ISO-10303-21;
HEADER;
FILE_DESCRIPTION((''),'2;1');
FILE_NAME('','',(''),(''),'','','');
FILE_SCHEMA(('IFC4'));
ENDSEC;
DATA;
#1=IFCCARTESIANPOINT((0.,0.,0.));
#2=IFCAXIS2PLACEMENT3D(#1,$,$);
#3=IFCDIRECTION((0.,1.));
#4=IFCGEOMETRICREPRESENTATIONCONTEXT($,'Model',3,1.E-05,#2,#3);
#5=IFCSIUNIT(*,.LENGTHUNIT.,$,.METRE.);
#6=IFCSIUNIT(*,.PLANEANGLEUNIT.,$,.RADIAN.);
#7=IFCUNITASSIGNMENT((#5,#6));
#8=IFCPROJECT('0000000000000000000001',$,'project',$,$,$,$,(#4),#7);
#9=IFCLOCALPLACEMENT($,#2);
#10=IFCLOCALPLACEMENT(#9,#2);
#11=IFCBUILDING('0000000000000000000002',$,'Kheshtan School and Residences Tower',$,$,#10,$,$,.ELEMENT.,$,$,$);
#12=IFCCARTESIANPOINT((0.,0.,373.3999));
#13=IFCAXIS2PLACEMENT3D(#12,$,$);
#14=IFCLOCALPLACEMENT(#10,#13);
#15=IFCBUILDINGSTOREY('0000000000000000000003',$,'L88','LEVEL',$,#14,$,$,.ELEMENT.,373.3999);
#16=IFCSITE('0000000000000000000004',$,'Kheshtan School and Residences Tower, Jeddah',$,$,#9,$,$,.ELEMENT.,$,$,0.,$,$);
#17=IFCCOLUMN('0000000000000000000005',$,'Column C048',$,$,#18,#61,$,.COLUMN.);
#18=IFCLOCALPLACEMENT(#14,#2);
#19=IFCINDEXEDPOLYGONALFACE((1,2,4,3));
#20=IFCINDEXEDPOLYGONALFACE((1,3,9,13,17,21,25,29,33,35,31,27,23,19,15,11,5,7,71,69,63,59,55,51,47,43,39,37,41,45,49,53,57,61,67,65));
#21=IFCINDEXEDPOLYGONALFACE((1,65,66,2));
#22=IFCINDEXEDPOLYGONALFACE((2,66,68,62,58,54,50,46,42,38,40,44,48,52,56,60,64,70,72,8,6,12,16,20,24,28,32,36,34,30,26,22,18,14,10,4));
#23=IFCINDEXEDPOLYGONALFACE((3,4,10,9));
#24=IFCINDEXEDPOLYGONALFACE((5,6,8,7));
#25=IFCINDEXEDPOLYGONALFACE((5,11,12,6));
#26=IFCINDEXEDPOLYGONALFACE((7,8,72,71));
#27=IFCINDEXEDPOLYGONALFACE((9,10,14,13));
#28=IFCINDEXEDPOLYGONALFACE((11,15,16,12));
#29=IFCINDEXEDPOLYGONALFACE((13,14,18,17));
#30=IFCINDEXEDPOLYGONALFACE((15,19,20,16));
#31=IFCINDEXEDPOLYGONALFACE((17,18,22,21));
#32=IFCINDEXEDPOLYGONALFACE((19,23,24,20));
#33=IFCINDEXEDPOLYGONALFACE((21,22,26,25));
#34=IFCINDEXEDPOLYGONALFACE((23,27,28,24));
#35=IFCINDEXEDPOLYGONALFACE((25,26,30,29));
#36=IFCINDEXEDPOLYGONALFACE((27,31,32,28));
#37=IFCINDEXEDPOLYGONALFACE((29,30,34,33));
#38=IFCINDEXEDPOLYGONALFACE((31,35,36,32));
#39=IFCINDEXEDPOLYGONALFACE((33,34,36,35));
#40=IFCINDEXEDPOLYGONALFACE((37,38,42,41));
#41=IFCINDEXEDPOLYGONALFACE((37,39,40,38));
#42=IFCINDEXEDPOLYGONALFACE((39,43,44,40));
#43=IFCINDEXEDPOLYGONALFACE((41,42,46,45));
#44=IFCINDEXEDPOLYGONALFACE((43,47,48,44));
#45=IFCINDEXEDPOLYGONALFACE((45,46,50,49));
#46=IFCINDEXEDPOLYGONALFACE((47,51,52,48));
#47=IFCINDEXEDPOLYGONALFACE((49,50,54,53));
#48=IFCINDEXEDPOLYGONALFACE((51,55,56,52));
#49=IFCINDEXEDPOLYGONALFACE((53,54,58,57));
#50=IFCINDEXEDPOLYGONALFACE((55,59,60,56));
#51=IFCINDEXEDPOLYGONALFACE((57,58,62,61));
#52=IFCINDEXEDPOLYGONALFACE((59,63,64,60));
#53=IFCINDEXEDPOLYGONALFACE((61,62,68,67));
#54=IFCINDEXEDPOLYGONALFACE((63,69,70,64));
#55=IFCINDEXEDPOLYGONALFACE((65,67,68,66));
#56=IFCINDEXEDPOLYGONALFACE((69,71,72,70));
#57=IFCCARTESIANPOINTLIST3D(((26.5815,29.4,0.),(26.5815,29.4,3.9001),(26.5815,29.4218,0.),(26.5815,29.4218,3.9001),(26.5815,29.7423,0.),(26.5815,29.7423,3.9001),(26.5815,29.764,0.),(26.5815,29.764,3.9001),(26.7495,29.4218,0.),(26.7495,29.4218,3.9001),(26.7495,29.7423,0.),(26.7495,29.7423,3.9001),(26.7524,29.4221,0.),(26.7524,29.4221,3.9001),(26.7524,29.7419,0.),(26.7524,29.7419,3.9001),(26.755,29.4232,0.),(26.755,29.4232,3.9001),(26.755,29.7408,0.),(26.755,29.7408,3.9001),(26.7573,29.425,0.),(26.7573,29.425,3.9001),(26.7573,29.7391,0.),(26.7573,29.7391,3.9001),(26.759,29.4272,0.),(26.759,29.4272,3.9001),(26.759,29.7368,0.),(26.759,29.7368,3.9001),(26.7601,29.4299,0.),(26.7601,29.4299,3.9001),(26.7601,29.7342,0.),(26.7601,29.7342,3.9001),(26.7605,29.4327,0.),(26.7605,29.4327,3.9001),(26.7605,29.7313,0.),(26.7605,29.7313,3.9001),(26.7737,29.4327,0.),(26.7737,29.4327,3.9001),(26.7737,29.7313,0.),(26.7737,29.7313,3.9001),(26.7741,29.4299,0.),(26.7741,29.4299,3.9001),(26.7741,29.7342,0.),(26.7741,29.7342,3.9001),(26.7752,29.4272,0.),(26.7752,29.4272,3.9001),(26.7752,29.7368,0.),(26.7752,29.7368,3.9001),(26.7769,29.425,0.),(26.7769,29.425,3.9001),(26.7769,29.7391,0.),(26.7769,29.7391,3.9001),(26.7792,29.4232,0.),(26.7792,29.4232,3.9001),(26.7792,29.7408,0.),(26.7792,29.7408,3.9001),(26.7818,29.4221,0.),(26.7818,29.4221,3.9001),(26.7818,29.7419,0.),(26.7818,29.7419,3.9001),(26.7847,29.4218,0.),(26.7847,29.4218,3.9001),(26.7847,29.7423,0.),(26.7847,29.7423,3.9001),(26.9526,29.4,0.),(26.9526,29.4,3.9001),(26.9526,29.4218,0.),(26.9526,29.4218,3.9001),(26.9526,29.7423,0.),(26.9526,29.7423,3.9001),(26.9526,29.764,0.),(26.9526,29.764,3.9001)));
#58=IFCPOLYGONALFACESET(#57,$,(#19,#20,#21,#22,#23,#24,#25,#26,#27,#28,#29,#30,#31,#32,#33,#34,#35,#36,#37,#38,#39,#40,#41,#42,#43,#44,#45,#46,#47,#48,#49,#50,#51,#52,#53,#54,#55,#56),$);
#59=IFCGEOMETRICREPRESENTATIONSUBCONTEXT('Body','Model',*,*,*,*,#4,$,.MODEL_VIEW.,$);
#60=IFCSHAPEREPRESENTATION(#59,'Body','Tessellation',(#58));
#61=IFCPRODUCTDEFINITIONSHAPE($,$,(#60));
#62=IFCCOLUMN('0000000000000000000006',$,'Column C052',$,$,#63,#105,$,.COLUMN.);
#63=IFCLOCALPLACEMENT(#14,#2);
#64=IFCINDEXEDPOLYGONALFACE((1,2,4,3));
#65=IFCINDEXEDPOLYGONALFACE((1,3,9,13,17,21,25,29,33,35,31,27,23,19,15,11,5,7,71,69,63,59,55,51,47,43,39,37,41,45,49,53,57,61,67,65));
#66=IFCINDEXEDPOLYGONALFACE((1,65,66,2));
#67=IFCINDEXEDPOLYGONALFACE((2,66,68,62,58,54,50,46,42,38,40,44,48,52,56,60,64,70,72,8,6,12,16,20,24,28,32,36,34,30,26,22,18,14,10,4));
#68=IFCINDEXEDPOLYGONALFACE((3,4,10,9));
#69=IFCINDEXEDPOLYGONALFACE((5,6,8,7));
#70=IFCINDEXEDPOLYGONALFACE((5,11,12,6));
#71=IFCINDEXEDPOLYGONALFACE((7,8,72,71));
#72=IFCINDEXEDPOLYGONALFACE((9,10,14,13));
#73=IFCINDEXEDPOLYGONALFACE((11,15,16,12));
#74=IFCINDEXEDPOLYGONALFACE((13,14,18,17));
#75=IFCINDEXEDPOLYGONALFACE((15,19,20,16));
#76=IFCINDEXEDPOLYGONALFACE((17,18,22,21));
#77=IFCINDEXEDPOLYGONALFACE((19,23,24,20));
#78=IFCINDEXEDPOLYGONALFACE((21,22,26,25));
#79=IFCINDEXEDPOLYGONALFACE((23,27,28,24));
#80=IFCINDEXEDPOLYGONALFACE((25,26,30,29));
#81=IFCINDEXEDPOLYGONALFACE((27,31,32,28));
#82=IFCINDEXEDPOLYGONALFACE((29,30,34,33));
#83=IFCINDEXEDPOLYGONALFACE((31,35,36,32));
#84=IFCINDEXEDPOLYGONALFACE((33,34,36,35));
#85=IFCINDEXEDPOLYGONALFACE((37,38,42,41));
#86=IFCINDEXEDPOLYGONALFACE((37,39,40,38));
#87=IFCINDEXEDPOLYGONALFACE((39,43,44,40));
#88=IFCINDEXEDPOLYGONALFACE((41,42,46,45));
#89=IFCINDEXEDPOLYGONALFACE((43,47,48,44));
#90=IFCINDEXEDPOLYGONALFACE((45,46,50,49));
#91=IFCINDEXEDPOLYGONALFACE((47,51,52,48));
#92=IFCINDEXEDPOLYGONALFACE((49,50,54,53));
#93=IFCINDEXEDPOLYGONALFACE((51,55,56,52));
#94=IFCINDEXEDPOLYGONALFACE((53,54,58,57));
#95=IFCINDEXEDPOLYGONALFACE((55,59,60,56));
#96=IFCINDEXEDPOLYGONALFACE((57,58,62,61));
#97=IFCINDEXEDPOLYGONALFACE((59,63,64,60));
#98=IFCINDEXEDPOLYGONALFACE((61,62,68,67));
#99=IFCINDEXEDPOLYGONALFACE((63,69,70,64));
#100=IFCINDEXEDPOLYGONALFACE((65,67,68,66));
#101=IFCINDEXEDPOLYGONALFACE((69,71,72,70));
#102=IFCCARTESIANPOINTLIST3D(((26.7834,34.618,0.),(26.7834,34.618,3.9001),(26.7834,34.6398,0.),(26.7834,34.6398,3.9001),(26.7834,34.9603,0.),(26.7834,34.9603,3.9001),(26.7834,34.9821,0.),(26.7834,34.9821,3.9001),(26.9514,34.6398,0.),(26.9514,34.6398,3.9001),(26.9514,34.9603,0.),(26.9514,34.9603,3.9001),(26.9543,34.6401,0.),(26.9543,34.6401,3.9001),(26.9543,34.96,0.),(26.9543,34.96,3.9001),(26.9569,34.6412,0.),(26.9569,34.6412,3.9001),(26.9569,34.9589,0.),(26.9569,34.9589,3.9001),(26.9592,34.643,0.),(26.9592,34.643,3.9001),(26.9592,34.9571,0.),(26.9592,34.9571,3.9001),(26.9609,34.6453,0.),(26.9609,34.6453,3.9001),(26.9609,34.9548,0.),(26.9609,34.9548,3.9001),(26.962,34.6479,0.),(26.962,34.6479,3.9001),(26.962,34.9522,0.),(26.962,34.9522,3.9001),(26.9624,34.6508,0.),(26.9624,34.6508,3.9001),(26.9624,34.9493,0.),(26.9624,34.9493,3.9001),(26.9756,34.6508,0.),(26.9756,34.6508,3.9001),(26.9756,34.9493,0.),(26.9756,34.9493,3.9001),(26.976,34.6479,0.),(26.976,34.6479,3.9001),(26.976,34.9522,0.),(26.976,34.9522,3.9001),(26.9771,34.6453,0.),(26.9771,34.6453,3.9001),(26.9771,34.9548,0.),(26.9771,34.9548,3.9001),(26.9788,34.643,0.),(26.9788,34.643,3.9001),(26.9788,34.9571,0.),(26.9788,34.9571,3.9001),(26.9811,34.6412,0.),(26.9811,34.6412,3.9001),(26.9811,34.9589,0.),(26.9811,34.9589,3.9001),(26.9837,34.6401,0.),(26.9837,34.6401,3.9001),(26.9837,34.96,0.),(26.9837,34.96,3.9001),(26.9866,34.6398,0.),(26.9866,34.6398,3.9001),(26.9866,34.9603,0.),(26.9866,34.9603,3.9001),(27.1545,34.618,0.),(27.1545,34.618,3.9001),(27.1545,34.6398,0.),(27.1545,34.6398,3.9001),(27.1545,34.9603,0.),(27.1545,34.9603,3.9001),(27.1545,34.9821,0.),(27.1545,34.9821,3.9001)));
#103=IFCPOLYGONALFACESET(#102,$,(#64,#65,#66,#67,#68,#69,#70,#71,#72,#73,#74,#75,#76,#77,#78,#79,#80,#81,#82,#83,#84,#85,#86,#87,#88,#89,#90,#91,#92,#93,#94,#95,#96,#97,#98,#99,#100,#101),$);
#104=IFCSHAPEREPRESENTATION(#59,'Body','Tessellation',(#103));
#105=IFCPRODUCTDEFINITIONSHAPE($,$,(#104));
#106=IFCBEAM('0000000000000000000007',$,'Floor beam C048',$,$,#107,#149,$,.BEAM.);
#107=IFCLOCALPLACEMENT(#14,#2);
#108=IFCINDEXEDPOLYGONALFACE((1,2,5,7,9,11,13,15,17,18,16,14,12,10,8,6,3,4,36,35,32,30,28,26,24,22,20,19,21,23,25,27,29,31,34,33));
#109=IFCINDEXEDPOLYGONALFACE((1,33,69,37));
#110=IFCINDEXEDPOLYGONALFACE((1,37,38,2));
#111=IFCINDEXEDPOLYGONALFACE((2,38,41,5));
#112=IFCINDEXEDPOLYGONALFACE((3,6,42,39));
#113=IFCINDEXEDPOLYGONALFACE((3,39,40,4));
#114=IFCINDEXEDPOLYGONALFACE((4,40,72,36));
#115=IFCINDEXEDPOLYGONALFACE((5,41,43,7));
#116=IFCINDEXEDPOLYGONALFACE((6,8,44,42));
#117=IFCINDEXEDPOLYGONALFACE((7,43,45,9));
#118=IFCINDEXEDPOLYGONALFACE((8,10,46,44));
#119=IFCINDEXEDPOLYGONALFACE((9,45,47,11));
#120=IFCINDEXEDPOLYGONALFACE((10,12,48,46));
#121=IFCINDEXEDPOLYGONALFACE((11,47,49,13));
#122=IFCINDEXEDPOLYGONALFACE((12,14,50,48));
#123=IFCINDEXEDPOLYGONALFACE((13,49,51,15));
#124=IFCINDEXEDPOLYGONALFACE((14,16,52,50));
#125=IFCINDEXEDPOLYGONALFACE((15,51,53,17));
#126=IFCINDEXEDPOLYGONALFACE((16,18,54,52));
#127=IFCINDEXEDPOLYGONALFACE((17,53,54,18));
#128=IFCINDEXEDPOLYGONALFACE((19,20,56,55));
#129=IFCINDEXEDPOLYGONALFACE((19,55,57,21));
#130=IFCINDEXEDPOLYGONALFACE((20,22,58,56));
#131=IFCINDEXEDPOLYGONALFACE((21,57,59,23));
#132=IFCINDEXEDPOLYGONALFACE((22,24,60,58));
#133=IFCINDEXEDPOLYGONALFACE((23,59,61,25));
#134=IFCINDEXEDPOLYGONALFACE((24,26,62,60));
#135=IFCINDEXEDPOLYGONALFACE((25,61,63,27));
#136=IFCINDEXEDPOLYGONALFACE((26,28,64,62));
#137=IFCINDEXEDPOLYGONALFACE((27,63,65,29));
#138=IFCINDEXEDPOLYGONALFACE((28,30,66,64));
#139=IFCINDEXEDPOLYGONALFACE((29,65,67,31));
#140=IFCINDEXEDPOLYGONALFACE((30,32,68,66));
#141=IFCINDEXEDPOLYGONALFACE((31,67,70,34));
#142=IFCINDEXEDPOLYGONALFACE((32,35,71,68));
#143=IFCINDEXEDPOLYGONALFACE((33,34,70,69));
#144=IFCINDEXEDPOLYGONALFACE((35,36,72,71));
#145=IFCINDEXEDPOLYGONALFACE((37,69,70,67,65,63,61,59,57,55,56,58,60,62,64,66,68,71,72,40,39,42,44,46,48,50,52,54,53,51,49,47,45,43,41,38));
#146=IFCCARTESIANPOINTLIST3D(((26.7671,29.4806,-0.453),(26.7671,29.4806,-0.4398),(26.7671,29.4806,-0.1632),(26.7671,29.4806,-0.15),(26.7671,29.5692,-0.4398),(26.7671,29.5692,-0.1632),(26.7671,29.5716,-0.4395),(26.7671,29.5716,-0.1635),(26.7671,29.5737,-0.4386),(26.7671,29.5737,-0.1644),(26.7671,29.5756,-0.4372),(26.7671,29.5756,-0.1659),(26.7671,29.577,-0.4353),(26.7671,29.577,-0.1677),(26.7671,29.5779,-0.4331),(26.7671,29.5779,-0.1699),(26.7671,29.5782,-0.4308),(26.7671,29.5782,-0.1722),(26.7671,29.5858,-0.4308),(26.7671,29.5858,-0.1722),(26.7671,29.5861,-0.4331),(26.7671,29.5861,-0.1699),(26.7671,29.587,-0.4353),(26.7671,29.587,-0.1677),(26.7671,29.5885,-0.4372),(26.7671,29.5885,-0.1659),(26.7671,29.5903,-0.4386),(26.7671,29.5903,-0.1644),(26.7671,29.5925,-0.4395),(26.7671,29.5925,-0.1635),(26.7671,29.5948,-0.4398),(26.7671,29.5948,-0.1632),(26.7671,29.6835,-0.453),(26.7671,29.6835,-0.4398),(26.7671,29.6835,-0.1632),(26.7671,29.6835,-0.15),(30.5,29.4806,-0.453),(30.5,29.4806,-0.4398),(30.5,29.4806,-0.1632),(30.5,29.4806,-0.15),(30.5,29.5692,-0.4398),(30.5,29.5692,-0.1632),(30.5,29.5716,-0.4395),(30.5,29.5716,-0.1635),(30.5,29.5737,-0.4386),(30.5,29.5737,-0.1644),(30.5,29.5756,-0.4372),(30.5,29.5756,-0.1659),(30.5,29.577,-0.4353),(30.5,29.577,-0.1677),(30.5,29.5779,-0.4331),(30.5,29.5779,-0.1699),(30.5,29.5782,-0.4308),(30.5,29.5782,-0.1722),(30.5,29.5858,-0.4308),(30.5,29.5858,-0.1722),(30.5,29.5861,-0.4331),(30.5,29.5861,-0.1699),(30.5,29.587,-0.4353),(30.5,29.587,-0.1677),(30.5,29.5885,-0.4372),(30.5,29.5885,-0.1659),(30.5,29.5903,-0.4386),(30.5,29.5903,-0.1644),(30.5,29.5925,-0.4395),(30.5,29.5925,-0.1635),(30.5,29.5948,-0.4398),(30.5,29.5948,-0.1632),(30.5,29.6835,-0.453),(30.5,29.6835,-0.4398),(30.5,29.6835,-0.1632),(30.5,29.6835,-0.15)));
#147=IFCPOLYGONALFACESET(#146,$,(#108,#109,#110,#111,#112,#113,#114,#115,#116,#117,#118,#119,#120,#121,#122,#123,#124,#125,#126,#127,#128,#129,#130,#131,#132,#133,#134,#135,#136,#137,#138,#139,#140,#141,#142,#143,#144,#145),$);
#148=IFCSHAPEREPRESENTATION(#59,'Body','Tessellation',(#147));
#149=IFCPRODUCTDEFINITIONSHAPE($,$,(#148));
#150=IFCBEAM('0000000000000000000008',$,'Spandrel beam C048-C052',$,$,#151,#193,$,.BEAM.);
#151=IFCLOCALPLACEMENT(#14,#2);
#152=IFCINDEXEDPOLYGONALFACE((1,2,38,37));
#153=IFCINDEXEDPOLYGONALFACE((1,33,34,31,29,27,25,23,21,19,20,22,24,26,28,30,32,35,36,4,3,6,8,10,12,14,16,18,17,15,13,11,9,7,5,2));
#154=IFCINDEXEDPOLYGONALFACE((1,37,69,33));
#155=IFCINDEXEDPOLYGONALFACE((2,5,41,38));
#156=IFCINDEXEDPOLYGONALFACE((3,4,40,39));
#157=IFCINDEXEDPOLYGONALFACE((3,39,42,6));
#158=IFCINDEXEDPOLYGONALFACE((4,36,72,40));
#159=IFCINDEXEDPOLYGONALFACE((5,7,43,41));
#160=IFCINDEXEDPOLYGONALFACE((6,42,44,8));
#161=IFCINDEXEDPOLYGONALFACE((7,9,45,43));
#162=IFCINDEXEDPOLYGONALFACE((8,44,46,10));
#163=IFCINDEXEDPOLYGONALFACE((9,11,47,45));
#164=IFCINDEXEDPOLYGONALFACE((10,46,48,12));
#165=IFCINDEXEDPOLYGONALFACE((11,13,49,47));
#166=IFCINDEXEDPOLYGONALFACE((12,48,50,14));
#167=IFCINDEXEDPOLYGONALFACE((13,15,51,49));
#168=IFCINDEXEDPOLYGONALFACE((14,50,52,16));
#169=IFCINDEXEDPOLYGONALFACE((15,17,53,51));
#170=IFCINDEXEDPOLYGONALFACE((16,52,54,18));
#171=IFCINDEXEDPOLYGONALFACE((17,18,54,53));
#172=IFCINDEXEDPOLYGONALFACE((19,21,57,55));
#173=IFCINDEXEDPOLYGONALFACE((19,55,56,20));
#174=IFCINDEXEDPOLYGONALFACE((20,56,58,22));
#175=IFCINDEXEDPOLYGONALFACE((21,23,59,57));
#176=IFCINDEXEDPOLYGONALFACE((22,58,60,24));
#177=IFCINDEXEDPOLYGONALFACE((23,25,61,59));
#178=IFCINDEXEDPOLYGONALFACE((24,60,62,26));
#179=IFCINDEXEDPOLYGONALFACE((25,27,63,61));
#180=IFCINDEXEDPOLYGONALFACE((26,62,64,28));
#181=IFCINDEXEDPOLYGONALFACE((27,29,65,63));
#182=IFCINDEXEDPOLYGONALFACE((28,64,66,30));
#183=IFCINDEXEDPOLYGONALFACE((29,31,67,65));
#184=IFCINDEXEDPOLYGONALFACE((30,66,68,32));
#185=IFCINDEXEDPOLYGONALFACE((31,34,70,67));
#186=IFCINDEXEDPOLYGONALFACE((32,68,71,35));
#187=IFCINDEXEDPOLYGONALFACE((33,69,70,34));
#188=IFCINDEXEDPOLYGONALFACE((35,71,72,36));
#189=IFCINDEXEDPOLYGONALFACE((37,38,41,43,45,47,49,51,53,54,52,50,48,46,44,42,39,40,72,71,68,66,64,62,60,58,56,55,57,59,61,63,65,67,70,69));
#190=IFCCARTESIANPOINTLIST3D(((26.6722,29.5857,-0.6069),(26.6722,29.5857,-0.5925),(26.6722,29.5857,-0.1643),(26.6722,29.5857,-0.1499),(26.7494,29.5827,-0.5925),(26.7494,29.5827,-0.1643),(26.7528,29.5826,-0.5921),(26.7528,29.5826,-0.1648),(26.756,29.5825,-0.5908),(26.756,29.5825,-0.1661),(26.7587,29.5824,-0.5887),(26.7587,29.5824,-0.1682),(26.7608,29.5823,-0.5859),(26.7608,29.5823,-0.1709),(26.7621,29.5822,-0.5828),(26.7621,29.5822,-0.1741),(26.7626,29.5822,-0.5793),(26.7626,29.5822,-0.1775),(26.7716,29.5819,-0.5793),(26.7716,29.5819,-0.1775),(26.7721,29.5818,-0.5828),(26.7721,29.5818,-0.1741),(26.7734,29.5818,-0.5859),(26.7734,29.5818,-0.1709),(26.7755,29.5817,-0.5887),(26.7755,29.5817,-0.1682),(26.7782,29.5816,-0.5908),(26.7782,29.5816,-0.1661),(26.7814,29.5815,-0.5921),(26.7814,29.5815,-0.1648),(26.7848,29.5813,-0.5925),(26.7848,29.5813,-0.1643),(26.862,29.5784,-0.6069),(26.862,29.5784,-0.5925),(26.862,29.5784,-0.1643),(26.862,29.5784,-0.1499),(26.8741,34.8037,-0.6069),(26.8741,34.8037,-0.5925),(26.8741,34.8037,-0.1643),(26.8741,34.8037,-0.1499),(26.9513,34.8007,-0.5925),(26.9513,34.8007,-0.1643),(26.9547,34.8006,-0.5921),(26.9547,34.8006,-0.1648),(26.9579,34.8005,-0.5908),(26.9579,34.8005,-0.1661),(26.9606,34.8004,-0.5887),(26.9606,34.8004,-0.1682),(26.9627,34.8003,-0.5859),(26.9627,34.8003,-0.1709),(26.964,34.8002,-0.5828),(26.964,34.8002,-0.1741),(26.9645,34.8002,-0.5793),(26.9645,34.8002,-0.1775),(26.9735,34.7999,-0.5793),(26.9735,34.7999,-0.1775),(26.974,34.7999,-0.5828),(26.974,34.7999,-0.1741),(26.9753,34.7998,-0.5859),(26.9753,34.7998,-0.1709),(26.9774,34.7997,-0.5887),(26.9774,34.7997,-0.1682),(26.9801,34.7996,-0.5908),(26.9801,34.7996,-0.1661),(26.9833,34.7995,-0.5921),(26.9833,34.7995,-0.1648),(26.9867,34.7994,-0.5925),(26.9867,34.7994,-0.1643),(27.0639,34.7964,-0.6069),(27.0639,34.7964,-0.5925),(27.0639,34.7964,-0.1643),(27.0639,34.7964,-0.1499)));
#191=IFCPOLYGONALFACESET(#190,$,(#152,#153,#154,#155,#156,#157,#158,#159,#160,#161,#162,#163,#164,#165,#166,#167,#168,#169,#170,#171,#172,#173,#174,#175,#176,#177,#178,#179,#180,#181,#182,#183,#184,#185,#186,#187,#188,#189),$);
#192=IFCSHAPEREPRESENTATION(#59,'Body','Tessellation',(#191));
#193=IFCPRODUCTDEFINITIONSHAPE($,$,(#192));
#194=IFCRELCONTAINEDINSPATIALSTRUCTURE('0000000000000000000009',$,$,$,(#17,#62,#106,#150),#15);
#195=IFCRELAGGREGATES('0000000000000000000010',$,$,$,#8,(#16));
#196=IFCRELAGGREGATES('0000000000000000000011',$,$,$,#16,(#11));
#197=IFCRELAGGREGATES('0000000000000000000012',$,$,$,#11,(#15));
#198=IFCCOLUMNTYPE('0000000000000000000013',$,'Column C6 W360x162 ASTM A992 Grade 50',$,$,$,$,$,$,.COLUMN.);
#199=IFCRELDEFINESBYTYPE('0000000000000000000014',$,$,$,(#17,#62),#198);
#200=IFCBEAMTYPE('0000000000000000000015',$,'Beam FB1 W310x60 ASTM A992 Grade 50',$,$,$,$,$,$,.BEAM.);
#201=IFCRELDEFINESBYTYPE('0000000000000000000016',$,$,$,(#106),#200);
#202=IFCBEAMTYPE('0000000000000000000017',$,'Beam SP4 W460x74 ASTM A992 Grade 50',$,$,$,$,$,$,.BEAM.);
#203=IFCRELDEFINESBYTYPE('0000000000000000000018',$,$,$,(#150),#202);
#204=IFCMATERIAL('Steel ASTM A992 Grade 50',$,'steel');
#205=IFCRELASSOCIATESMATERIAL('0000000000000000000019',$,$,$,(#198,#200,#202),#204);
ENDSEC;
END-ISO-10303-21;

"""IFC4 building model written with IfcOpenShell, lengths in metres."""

from ifc_helpers import new_model, si_unit, direction, frame, origin, origin_2d, place, context, subcontext, project, spatial, i_section, extrude, material, material_profile, profile_set, type_object, element, save


model = new_model("IFC4")

# Units and contexts
model_context = context("Model", 3, precision=1e-05, world=origin(), true_north=direction((0.0, 1.0)))
body_context = subcontext(model_context, "Body", "Model", "MODEL_VIEW")
ifc_project = project(units=[si_unit("LENGTHUNIT", "METRE"), si_unit("PLANEANGLEUNIT", "RADIAN")], contexts=[model_context])

# Site, building, storey
site_placement = place(None, origin())
site = spatial("IfcSite", under=ifc_project, at=site_placement, Name="Kheshtan School and Residences Tower, Jeddah", CompositionType="ELEMENT", RefElevation=0.0)
building_placement = place(site_placement, origin())
building = spatial("IfcBuilding", under=site, at=building_placement, Name="Kheshtan School and Residences Tower", CompositionType="ELEMENT")
storey_placement = place(building_placement, frame((0.0, 0.0, 373.3999)))
storey = spatial("IfcBuildingStorey", under=building, at=storey_placement, Name="L88", Description="LEVEL", CompositionType="ELEMENT", Elevation=373.3999)

# Columns
ifc_material_1 = material(Name="Steel ASTM A992 Grade 50", Category="steel")
ifc_material_profile_1 = material_profile(ifc_material_1, i_section(OverallWidth=0.3711, OverallDepth=0.364, WebThickness=0.0132, FlangeThickness=0.0217, FilletRadius=0.011, at=origin_2d()), Name="W360x162")
ifc_profile_set_1 = profile_set([ifc_material_profile_1], Name="Steel ASTM A992 Grade 50")
column_type = type_object("IfcColumnType", Name="Column C6 W360x162 ASTM A992 Grade 50", PredefinedType="COLUMN", material=ifc_profile_set_1)
for number, where, z_axis, x_axis, name in (
    (1, (26.7671, 29.582, 0.0), (0.0, 0.0, 1.0), (1.0, 0.0, 0.0), "Column C048"),
    (2, (26.969, 34.8, 0.0), (0.0, 0.0, 1.0), (1.0, 0.0, 0.0), "Column C052"),
):
    element("IfcColumn", number, at=place(storey_placement, frame(where, z_axis=z_axis, x_axis=x_axis)), inside=storey, type_object=column_type, Name=name, PredefinedType="COLUMN", context=body_context, shape_type="SweptSolid", body=[
        extrude(i_section(OverallWidth=0.3711, OverallDepth=0.364, WebThickness=0.0132, FlangeThickness=0.0217, FilletRadius=0.011, at=origin_2d()), origin(), (0.0, 0.0, 1.0), 3.9001),
    ])

# Beams
ifc_material_profile_2 = material_profile(ifc_material_1, i_section(OverallWidth=0.2029, OverallDepth=0.303, WebThickness=0.0076, FlangeThickness=0.0132, FilletRadius=0.009, at=origin_2d()), Name="W310x60")
ifc_profile_set_2 = profile_set([ifc_material_profile_2], Name="Steel ASTM A992 Grade 50")
beam_type_1 = type_object("IfcBeamType", Name="Beam FB1 W310x60 ASTM A992 Grade 50", PredefinedType="BEAM", material=ifc_profile_set_2)
beam_1_placement = place(storey_placement, frame((26.7671, 29.582, -0.3015), z_axis=(1.0, 0.0, 0.0), x_axis=(0.0, 1.0, 0.0)))
element("IfcBeam", 3, at=beam_1_placement, inside=storey, type_object=beam_type_1, Name="Floor beam C048", PredefinedType="BEAM", context=body_context, shape_type="SweptSolid", body=[
    extrude(i_section(OverallWidth=0.2029, OverallDepth=0.303, WebThickness=0.0076, FlangeThickness=0.0132, FilletRadius=0.009, at=origin_2d()), origin(), (0.0, 0.0, 1.0), 3.7329),
])
ifc_material_profile_3 = material_profile(ifc_material_1, i_section(OverallWidth=0.1899, OverallDepth=0.457, WebThickness=0.009, FlangeThickness=0.0144, FilletRadius=0.0132, at=origin_2d()), Name="W460x74")
ifc_profile_set_3 = profile_set([ifc_material_profile_3], Name="Steel ASTM A992 Grade 50")
beam_type_2 = type_object("IfcBeamType", Name="Beam SP4 W460x74 ASTM A992 Grade 50", PredefinedType="BEAM", material=ifc_profile_set_3)
beam_2_placement = place(storey_placement, frame((26.7671, 29.582, -0.3784), z_axis=(0.038665, 0.999252, 0.0), x_axis=(-0.999252, 0.038665, 0.0)))
element("IfcBeam", 4, at=beam_2_placement, inside=storey, type_object=beam_type_2, Name="Spandrel beam C048-C052", PredefinedType="BEAM", context=body_context, shape_type="SweptSolid", body=[
    extrude(i_section(OverallWidth=0.1899, OverallDepth=0.457, WebThickness=0.009, FlangeThickness=0.0144, FilletRadius=0.0132, at=origin_2d()), origin(), (0.0, 0.0, 1.0), 5.2219),
])

save(model, "model.ifc")
